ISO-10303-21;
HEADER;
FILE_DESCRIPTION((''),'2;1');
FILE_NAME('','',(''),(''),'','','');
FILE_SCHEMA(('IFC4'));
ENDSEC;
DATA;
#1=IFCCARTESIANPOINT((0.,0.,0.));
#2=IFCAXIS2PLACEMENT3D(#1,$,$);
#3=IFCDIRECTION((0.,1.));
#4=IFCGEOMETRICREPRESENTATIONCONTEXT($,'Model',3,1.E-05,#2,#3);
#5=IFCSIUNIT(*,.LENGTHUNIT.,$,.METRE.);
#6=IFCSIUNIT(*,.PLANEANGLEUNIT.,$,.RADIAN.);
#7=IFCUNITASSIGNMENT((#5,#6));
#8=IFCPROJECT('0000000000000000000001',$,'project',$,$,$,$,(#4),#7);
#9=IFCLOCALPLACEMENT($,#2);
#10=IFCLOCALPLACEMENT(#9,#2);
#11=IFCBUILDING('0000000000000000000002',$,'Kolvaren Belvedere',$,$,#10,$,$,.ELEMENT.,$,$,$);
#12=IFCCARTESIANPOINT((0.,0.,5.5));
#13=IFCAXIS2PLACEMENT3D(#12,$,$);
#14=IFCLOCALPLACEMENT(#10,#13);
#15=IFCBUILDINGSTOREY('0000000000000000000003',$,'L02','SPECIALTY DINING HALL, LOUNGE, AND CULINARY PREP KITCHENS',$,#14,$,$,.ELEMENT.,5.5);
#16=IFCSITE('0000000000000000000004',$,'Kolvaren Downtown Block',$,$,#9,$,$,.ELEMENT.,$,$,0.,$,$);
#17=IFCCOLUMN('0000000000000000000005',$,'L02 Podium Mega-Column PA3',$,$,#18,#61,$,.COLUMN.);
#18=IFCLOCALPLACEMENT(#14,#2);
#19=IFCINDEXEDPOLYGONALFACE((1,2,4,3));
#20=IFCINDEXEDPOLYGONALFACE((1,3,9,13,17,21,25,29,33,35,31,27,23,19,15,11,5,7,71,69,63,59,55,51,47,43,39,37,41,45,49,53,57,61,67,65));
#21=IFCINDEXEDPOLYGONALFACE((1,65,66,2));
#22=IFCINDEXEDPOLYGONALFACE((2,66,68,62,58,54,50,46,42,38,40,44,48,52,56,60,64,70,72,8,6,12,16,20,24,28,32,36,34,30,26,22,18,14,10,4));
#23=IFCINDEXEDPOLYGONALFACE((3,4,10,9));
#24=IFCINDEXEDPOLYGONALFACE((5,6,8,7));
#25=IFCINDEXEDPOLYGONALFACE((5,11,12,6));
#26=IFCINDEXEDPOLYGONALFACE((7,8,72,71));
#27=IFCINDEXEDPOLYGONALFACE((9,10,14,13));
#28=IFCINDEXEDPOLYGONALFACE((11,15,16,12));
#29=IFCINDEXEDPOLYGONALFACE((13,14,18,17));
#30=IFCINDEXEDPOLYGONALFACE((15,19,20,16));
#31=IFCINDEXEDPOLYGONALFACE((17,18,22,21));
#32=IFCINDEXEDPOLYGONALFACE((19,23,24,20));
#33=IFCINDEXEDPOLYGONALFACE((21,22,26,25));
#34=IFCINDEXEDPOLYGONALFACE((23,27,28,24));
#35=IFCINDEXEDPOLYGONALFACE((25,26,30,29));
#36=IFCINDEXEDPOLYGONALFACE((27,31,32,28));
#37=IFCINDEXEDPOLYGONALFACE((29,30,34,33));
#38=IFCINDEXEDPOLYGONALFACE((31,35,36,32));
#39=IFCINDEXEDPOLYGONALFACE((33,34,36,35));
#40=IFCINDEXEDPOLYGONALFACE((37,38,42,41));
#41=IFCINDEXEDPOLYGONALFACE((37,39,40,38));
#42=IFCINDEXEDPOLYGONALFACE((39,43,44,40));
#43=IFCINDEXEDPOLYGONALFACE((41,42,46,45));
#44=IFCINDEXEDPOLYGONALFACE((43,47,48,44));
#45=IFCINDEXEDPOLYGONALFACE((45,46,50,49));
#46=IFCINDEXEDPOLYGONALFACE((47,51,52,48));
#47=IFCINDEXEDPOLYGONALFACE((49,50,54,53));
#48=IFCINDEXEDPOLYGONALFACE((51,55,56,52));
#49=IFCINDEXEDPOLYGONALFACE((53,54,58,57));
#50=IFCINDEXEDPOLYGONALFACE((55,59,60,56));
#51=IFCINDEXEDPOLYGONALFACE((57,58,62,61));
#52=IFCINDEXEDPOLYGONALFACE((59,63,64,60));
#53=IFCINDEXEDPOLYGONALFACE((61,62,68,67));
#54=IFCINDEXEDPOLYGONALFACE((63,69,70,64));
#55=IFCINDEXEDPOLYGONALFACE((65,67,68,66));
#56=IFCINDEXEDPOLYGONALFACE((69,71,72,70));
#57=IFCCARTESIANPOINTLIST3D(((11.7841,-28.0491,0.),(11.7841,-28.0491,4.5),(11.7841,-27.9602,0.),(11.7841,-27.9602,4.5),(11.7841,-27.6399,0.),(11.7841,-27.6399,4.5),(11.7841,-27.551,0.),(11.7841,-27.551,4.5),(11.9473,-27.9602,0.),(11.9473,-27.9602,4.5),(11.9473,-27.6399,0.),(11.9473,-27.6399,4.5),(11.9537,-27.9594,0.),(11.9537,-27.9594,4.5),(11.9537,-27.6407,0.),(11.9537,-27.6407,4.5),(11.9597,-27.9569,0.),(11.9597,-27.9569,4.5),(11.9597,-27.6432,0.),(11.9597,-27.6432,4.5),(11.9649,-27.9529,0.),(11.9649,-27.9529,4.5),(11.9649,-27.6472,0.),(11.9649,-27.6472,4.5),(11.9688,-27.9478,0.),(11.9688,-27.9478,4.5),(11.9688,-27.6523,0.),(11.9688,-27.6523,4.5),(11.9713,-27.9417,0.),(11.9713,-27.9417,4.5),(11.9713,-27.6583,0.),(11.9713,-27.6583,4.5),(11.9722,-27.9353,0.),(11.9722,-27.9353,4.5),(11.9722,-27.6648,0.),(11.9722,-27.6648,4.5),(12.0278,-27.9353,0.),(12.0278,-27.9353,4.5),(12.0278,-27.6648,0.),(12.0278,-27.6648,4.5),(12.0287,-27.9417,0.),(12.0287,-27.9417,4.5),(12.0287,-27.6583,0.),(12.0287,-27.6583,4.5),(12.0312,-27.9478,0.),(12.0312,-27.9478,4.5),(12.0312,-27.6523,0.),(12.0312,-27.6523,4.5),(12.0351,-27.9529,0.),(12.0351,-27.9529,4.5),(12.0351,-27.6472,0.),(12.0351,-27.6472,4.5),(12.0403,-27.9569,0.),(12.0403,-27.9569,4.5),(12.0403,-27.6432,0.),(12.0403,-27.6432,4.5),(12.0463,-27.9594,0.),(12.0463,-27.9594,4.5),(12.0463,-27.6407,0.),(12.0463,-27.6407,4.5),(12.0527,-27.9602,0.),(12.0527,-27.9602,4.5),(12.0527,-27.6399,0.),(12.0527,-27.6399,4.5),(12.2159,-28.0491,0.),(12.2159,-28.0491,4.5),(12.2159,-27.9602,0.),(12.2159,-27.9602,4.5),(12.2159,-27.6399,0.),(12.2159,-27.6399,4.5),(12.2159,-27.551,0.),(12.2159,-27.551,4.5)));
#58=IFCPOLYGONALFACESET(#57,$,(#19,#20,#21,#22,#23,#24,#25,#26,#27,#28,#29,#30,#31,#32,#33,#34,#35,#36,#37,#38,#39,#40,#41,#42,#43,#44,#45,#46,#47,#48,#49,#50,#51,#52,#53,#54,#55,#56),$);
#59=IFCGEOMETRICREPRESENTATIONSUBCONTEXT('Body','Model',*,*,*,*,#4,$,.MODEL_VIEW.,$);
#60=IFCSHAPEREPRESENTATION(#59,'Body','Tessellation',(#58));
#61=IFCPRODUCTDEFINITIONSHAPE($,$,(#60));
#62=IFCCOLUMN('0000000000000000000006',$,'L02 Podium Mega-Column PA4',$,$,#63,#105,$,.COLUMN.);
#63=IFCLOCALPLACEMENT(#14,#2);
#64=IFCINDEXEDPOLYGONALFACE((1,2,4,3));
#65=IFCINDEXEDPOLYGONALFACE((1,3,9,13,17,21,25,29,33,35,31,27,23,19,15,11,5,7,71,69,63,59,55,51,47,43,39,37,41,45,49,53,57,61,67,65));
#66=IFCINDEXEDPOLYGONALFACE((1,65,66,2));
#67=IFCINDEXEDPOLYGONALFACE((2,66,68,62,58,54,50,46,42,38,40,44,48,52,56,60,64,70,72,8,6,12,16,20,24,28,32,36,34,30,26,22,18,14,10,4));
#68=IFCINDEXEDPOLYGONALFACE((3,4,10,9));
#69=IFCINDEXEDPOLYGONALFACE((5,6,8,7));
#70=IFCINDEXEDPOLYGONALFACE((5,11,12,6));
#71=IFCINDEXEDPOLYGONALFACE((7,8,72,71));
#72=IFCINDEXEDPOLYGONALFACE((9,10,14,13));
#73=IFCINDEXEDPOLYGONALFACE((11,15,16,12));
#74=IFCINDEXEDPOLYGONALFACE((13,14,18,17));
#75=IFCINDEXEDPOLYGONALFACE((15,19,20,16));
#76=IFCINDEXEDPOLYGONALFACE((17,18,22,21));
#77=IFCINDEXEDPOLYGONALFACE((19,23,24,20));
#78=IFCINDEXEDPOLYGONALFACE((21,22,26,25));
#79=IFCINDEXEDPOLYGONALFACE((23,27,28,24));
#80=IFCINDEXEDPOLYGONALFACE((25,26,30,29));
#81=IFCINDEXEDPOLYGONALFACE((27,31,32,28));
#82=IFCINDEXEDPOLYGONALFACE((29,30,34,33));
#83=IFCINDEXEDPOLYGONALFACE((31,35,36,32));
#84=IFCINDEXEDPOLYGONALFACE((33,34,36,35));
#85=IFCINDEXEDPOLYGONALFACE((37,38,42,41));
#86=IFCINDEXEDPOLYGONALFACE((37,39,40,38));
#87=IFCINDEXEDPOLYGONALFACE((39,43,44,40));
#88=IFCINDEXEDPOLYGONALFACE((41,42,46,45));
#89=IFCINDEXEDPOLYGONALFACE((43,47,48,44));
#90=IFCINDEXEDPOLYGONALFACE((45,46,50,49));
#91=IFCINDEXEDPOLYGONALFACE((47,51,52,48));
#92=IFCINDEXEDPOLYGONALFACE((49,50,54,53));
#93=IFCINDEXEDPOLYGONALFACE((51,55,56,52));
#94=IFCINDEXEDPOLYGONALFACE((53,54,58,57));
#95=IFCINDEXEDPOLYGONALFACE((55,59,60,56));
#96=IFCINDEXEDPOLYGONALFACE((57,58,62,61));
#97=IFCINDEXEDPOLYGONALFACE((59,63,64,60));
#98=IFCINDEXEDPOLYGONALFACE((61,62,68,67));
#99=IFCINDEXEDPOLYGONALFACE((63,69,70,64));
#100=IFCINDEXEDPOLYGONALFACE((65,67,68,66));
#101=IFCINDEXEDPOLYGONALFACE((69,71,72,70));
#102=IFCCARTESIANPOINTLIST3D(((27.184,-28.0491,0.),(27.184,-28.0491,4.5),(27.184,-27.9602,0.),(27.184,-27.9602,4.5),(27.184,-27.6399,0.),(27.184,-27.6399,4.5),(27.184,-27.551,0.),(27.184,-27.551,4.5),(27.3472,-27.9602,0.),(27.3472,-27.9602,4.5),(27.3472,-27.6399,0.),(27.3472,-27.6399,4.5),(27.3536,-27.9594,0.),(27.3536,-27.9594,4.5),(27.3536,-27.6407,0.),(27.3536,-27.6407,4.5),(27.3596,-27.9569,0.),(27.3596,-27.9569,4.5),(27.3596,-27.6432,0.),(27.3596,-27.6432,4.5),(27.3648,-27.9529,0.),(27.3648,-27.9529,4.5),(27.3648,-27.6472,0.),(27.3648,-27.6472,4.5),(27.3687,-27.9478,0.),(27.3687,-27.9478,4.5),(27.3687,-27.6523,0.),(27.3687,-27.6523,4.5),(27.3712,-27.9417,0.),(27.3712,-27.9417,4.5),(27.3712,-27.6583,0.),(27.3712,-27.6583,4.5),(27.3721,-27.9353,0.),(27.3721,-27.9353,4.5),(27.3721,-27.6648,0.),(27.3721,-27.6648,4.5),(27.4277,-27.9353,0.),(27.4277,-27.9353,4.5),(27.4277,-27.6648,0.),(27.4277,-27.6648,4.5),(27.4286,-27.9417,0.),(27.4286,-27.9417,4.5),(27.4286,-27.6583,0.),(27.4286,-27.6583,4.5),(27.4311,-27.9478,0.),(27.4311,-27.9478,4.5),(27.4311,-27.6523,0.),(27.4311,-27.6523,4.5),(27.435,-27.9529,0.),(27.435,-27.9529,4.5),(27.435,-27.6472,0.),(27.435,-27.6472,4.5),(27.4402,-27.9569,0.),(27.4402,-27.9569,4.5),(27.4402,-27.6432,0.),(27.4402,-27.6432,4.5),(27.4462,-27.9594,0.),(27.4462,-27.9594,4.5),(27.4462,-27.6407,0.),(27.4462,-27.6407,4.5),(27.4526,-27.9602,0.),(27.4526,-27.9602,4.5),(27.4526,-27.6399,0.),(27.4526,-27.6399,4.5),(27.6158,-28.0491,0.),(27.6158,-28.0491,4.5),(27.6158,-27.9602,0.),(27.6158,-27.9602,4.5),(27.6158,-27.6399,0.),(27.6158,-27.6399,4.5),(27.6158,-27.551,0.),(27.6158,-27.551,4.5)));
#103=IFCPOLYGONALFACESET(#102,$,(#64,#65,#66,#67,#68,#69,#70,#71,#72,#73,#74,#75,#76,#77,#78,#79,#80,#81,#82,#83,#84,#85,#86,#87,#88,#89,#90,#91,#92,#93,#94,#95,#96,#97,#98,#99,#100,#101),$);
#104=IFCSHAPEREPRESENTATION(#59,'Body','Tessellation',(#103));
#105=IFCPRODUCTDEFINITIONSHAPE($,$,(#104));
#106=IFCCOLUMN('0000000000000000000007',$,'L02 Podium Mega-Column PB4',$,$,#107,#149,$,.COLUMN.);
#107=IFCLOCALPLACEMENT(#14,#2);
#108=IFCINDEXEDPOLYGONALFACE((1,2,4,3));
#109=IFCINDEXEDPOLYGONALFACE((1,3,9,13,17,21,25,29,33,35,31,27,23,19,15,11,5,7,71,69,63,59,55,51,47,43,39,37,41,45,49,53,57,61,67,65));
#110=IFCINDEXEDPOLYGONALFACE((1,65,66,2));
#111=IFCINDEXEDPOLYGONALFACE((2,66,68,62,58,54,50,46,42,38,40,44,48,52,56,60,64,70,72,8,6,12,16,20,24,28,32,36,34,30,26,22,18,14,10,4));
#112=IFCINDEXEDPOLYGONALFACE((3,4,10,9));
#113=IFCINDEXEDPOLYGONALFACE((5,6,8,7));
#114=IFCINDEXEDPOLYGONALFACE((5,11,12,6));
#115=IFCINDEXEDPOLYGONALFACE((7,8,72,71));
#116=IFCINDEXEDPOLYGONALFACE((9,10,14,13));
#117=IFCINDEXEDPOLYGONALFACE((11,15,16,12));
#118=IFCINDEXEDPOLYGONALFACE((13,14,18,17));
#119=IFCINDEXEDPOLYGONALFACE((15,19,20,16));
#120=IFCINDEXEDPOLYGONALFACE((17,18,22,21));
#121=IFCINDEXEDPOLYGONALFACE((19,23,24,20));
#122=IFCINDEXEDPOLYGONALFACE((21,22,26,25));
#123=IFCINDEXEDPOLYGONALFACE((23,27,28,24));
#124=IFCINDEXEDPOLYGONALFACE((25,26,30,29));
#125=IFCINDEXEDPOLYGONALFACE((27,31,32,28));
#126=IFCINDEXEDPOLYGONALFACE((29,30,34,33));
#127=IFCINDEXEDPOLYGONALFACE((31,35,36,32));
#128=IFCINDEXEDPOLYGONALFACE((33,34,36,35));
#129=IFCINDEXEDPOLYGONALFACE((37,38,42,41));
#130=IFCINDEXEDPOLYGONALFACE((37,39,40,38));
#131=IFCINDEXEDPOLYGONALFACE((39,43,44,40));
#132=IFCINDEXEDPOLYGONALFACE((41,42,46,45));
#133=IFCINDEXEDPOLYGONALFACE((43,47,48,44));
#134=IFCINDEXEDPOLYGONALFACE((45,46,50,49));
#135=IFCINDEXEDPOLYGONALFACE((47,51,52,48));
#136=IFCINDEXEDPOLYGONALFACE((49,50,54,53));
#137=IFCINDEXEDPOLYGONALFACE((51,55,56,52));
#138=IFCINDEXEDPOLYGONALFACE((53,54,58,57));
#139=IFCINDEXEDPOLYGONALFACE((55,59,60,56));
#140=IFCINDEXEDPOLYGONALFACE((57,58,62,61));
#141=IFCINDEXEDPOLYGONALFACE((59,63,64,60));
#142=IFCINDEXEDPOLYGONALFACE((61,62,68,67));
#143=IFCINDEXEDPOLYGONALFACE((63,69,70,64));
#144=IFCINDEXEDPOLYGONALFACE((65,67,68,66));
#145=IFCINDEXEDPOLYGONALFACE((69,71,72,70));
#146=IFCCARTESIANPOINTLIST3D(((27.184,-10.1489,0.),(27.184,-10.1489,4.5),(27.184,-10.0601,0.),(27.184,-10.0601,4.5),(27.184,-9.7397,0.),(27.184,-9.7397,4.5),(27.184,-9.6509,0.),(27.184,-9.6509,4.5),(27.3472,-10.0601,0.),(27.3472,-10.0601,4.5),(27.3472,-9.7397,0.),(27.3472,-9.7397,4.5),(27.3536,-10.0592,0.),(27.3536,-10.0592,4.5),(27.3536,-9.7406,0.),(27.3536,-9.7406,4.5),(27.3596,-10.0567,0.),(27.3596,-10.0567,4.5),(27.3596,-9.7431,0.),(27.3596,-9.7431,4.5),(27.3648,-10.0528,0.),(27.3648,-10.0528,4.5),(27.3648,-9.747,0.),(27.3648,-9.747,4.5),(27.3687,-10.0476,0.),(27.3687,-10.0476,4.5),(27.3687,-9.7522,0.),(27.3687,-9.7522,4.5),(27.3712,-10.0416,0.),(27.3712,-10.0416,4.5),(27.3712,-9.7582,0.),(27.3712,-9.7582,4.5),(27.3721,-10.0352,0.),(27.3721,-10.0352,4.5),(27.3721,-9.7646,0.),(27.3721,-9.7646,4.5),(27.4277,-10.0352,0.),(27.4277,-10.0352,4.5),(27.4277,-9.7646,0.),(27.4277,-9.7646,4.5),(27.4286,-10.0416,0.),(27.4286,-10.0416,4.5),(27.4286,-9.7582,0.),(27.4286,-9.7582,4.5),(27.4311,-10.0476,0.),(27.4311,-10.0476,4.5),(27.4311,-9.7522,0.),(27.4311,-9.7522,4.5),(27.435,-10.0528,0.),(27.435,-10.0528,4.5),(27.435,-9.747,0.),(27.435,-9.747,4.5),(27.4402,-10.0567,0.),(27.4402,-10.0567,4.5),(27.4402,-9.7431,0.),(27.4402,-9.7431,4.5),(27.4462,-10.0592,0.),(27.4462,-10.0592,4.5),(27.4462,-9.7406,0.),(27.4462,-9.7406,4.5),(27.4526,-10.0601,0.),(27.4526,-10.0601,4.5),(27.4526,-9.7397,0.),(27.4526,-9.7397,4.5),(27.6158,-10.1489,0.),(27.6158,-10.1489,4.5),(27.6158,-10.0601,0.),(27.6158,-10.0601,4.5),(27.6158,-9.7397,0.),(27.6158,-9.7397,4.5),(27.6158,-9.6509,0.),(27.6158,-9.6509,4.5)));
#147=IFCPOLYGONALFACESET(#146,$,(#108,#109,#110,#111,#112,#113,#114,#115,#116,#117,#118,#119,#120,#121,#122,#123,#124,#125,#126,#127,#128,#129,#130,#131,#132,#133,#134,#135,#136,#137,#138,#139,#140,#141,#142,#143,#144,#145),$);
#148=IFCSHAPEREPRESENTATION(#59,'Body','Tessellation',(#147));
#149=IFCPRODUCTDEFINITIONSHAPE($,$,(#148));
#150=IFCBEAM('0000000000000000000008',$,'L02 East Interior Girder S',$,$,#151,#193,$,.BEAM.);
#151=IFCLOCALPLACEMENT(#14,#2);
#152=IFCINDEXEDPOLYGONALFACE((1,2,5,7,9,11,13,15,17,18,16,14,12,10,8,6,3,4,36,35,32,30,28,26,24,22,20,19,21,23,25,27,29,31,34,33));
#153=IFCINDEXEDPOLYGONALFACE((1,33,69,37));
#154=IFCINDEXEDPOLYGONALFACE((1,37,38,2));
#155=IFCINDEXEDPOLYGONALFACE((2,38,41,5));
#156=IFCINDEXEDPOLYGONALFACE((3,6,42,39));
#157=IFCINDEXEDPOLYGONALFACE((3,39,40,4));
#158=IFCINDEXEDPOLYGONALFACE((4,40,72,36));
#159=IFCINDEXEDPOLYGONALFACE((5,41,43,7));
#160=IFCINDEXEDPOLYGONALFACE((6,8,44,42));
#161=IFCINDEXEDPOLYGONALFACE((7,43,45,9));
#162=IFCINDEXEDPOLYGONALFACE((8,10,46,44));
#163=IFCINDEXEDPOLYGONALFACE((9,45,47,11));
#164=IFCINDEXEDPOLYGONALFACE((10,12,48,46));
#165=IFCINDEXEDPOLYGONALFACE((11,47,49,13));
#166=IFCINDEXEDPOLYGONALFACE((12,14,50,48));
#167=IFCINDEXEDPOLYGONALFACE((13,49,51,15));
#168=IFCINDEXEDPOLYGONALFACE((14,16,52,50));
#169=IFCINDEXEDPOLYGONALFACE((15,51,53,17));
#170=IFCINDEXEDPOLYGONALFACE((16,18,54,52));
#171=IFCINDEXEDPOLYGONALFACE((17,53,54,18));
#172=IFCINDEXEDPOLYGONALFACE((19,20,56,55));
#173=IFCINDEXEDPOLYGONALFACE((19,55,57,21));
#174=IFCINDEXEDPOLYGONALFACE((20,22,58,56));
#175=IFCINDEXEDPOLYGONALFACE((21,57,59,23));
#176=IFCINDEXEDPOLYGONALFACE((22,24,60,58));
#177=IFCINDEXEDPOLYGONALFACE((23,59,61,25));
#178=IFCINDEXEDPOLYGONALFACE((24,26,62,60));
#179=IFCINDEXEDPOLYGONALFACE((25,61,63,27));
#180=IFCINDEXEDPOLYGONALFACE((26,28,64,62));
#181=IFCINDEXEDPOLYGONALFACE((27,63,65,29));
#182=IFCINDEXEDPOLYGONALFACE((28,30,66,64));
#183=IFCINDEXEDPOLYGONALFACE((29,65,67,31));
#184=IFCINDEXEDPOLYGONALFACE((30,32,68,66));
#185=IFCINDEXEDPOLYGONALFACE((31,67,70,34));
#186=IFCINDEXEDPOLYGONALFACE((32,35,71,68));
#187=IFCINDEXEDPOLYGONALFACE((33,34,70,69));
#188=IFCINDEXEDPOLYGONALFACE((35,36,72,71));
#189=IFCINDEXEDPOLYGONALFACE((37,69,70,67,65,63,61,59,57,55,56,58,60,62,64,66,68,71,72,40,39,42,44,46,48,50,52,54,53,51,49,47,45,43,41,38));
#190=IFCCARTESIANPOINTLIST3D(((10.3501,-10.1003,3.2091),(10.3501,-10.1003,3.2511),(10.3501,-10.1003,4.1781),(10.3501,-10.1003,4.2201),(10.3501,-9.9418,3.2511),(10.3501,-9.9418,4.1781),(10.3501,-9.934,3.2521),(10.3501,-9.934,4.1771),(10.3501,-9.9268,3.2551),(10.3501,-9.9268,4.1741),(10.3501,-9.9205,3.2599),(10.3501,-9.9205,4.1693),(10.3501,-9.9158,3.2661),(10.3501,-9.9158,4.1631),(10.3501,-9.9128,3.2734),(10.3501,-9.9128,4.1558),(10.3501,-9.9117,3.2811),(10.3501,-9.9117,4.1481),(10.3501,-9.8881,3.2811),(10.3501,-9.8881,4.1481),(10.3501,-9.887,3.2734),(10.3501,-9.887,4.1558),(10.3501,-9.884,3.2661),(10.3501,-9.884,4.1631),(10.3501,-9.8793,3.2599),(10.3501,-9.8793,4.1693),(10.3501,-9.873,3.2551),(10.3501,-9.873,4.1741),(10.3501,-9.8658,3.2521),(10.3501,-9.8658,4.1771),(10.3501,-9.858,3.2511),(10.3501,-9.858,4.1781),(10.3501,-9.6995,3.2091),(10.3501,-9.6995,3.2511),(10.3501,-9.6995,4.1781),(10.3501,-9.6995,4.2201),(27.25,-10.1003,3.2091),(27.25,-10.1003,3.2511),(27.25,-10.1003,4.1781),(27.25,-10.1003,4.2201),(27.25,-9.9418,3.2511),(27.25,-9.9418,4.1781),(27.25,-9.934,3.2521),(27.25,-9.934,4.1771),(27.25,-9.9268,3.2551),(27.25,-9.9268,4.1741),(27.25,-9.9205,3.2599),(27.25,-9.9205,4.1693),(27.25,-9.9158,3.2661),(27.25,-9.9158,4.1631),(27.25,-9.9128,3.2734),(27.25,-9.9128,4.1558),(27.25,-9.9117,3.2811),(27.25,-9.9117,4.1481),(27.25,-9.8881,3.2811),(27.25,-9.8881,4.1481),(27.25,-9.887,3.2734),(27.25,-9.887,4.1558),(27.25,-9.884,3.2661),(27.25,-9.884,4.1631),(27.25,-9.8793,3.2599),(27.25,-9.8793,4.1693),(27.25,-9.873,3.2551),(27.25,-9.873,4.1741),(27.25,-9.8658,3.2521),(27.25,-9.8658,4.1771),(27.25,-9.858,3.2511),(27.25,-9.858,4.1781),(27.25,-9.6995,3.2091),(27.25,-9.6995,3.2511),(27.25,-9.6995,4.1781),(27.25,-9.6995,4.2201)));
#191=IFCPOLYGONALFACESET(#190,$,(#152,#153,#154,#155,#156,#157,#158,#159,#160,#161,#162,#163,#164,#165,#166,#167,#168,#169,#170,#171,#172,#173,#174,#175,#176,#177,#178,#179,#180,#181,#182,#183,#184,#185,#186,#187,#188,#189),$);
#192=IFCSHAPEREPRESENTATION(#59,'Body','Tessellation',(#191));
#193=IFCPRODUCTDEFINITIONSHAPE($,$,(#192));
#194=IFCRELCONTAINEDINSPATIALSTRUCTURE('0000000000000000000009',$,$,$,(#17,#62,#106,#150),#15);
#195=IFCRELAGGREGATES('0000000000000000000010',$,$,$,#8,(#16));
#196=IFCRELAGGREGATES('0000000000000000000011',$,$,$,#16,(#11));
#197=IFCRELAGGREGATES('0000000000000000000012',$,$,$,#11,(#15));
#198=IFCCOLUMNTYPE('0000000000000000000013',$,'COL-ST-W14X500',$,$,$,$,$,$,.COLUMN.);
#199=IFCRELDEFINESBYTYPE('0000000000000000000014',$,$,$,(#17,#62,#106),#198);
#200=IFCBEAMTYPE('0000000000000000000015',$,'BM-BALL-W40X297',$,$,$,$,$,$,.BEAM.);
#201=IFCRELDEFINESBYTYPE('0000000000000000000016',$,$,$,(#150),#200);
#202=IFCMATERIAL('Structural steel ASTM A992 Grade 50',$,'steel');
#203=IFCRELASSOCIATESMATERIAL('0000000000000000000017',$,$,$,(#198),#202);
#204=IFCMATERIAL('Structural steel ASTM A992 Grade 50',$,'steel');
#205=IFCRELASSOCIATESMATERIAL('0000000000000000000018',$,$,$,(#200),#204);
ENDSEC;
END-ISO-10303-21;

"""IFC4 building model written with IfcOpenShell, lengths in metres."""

from ifc_helpers import new_model, si_unit, direction, frame, origin, origin_2d, place, context, subcontext, project, spatial, i_section, extrude, material, material_profile, profile_set, type_object, element, save


model = new_model("IFC4")

# Units and contexts
model_context = context("Model", 3, precision=1e-05, world=origin(), true_north=direction((0.0, 1.0)))
body_context = subcontext(model_context, "Body", "Model", "MODEL_VIEW")
ifc_project = project(units=[si_unit("LENGTHUNIT", "METRE"), si_unit("PLANEANGLEUNIT", "RADIAN")], contexts=[model_context])

# Site, building, storey
site_placement = place(None, origin())
site = spatial("IfcSite", under=ifc_project, at=site_placement, Name="Kolvaren Downtown Block", CompositionType="ELEMENT", RefElevation=0.0)
building_placement = place(site_placement, origin())
building = spatial("IfcBuilding", under=site, at=building_placement, Name="Kolvaren Belvedere", CompositionType="ELEMENT")
storey_placement = place(building_placement, frame((0.0, 0.0, 5.5)))
storey = spatial("IfcBuildingStorey", under=building, at=storey_placement, Name="L02", Description="SPECIALTY DINING HALL, LOUNGE, AND CULINARY PREP KITCHENS", CompositionType="ELEMENT", Elevation=5.5)

# Columns
ifc_material_1 = material(Name="Structural steel ASTM A992 Grade 50", Category="steel")
ifc_material_profile_1 = material_profile(ifc_material_1, i_section(OverallWidth=0.4319, OverallDepth=0.498, WebThickness=0.0557, FlangeThickness=0.0889, FilletRadius=0.0249, at=origin_2d()), Name="W14X500")
ifc_profile_set_1 = profile_set([ifc_material_profile_1], Name="Structural steel ASTM A992 Grade 50")
column_type = type_object("IfcColumnType", Name="COL-ST-W14X500", PredefinedType="COLUMN", material=ifc_profile_set_1)
for number, where, z_axis, x_axis, name in (
    (1, (12.0, -27.8, 0.0), (0.0, 0.0, 1.0), (1.0, 0.0, 0.0), "L02 Podium Mega-Column PA3"),
    (2, (27.3999, -27.8, 0.0), (0.0, 0.0, 1.0), (1.0, 0.0, 0.0), "L02 Podium Mega-Column PA4"),
    (3, (27.3999, -9.8999, 0.0), (0.0, 0.0, 1.0), (1.0, 0.0, 0.0), "L02 Podium Mega-Column PB4"),
):
    element("IfcColumn", number, at=place(storey_placement, frame(where, z_axis=z_axis, x_axis=x_axis)), inside=storey, type_object=column_type, Name=name, PredefinedType="COLUMN", context=body_context, shape_type="SweptSolid", body=[
        extrude(i_section(OverallWidth=0.4319, OverallDepth=0.498, WebThickness=0.0557, FlangeThickness=0.0889, FilletRadius=0.0249, at=origin_2d()), origin(), (0.0, 0.0, 1.0), 4.5),
    ])

# Beam
ifc_material_2 = material(Name="Structural steel ASTM A992 Grade 50", Category="steel")
ifc_material_profile_2 = material_profile(ifc_material_2, i_section(OverallWidth=0.4009, OverallDepth=1.011, WebThickness=0.0237, FlangeThickness=0.042, FilletRadius=0.03, at=origin_2d()), Name="W40X297")
ifc_profile_set_2 = profile_set([ifc_material_profile_2], Name="Structural steel ASTM A992 Grade 50")
beam_type_1 = type_object("IfcBeamType", Name="BM-BALL-W40X297", PredefinedType="BEAM", material=ifc_profile_set_2)
beam_1_placement = place(storey_placement, frame((10.3501, -9.8999, 3.7146), z_axis=(1.0, 0.0, 0.0), x_axis=(0.0, 1.0, 0.0)))
element("IfcBeam", 4, at=beam_1_placement, inside=storey, type_object=beam_type_1, Name="L02 East Interior Girder S", PredefinedType="BEAM", context=body_context, shape_type="SweptSolid", body=[
    extrude(i_section(OverallWidth=0.4009, OverallDepth=1.011, WebThickness=0.0237, FlangeThickness=0.042, FilletRadius=0.03, at=origin_2d()), origin(), (0.0, 0.0, 1.0), 16.8999),
])

save(model, "model.ifc")
